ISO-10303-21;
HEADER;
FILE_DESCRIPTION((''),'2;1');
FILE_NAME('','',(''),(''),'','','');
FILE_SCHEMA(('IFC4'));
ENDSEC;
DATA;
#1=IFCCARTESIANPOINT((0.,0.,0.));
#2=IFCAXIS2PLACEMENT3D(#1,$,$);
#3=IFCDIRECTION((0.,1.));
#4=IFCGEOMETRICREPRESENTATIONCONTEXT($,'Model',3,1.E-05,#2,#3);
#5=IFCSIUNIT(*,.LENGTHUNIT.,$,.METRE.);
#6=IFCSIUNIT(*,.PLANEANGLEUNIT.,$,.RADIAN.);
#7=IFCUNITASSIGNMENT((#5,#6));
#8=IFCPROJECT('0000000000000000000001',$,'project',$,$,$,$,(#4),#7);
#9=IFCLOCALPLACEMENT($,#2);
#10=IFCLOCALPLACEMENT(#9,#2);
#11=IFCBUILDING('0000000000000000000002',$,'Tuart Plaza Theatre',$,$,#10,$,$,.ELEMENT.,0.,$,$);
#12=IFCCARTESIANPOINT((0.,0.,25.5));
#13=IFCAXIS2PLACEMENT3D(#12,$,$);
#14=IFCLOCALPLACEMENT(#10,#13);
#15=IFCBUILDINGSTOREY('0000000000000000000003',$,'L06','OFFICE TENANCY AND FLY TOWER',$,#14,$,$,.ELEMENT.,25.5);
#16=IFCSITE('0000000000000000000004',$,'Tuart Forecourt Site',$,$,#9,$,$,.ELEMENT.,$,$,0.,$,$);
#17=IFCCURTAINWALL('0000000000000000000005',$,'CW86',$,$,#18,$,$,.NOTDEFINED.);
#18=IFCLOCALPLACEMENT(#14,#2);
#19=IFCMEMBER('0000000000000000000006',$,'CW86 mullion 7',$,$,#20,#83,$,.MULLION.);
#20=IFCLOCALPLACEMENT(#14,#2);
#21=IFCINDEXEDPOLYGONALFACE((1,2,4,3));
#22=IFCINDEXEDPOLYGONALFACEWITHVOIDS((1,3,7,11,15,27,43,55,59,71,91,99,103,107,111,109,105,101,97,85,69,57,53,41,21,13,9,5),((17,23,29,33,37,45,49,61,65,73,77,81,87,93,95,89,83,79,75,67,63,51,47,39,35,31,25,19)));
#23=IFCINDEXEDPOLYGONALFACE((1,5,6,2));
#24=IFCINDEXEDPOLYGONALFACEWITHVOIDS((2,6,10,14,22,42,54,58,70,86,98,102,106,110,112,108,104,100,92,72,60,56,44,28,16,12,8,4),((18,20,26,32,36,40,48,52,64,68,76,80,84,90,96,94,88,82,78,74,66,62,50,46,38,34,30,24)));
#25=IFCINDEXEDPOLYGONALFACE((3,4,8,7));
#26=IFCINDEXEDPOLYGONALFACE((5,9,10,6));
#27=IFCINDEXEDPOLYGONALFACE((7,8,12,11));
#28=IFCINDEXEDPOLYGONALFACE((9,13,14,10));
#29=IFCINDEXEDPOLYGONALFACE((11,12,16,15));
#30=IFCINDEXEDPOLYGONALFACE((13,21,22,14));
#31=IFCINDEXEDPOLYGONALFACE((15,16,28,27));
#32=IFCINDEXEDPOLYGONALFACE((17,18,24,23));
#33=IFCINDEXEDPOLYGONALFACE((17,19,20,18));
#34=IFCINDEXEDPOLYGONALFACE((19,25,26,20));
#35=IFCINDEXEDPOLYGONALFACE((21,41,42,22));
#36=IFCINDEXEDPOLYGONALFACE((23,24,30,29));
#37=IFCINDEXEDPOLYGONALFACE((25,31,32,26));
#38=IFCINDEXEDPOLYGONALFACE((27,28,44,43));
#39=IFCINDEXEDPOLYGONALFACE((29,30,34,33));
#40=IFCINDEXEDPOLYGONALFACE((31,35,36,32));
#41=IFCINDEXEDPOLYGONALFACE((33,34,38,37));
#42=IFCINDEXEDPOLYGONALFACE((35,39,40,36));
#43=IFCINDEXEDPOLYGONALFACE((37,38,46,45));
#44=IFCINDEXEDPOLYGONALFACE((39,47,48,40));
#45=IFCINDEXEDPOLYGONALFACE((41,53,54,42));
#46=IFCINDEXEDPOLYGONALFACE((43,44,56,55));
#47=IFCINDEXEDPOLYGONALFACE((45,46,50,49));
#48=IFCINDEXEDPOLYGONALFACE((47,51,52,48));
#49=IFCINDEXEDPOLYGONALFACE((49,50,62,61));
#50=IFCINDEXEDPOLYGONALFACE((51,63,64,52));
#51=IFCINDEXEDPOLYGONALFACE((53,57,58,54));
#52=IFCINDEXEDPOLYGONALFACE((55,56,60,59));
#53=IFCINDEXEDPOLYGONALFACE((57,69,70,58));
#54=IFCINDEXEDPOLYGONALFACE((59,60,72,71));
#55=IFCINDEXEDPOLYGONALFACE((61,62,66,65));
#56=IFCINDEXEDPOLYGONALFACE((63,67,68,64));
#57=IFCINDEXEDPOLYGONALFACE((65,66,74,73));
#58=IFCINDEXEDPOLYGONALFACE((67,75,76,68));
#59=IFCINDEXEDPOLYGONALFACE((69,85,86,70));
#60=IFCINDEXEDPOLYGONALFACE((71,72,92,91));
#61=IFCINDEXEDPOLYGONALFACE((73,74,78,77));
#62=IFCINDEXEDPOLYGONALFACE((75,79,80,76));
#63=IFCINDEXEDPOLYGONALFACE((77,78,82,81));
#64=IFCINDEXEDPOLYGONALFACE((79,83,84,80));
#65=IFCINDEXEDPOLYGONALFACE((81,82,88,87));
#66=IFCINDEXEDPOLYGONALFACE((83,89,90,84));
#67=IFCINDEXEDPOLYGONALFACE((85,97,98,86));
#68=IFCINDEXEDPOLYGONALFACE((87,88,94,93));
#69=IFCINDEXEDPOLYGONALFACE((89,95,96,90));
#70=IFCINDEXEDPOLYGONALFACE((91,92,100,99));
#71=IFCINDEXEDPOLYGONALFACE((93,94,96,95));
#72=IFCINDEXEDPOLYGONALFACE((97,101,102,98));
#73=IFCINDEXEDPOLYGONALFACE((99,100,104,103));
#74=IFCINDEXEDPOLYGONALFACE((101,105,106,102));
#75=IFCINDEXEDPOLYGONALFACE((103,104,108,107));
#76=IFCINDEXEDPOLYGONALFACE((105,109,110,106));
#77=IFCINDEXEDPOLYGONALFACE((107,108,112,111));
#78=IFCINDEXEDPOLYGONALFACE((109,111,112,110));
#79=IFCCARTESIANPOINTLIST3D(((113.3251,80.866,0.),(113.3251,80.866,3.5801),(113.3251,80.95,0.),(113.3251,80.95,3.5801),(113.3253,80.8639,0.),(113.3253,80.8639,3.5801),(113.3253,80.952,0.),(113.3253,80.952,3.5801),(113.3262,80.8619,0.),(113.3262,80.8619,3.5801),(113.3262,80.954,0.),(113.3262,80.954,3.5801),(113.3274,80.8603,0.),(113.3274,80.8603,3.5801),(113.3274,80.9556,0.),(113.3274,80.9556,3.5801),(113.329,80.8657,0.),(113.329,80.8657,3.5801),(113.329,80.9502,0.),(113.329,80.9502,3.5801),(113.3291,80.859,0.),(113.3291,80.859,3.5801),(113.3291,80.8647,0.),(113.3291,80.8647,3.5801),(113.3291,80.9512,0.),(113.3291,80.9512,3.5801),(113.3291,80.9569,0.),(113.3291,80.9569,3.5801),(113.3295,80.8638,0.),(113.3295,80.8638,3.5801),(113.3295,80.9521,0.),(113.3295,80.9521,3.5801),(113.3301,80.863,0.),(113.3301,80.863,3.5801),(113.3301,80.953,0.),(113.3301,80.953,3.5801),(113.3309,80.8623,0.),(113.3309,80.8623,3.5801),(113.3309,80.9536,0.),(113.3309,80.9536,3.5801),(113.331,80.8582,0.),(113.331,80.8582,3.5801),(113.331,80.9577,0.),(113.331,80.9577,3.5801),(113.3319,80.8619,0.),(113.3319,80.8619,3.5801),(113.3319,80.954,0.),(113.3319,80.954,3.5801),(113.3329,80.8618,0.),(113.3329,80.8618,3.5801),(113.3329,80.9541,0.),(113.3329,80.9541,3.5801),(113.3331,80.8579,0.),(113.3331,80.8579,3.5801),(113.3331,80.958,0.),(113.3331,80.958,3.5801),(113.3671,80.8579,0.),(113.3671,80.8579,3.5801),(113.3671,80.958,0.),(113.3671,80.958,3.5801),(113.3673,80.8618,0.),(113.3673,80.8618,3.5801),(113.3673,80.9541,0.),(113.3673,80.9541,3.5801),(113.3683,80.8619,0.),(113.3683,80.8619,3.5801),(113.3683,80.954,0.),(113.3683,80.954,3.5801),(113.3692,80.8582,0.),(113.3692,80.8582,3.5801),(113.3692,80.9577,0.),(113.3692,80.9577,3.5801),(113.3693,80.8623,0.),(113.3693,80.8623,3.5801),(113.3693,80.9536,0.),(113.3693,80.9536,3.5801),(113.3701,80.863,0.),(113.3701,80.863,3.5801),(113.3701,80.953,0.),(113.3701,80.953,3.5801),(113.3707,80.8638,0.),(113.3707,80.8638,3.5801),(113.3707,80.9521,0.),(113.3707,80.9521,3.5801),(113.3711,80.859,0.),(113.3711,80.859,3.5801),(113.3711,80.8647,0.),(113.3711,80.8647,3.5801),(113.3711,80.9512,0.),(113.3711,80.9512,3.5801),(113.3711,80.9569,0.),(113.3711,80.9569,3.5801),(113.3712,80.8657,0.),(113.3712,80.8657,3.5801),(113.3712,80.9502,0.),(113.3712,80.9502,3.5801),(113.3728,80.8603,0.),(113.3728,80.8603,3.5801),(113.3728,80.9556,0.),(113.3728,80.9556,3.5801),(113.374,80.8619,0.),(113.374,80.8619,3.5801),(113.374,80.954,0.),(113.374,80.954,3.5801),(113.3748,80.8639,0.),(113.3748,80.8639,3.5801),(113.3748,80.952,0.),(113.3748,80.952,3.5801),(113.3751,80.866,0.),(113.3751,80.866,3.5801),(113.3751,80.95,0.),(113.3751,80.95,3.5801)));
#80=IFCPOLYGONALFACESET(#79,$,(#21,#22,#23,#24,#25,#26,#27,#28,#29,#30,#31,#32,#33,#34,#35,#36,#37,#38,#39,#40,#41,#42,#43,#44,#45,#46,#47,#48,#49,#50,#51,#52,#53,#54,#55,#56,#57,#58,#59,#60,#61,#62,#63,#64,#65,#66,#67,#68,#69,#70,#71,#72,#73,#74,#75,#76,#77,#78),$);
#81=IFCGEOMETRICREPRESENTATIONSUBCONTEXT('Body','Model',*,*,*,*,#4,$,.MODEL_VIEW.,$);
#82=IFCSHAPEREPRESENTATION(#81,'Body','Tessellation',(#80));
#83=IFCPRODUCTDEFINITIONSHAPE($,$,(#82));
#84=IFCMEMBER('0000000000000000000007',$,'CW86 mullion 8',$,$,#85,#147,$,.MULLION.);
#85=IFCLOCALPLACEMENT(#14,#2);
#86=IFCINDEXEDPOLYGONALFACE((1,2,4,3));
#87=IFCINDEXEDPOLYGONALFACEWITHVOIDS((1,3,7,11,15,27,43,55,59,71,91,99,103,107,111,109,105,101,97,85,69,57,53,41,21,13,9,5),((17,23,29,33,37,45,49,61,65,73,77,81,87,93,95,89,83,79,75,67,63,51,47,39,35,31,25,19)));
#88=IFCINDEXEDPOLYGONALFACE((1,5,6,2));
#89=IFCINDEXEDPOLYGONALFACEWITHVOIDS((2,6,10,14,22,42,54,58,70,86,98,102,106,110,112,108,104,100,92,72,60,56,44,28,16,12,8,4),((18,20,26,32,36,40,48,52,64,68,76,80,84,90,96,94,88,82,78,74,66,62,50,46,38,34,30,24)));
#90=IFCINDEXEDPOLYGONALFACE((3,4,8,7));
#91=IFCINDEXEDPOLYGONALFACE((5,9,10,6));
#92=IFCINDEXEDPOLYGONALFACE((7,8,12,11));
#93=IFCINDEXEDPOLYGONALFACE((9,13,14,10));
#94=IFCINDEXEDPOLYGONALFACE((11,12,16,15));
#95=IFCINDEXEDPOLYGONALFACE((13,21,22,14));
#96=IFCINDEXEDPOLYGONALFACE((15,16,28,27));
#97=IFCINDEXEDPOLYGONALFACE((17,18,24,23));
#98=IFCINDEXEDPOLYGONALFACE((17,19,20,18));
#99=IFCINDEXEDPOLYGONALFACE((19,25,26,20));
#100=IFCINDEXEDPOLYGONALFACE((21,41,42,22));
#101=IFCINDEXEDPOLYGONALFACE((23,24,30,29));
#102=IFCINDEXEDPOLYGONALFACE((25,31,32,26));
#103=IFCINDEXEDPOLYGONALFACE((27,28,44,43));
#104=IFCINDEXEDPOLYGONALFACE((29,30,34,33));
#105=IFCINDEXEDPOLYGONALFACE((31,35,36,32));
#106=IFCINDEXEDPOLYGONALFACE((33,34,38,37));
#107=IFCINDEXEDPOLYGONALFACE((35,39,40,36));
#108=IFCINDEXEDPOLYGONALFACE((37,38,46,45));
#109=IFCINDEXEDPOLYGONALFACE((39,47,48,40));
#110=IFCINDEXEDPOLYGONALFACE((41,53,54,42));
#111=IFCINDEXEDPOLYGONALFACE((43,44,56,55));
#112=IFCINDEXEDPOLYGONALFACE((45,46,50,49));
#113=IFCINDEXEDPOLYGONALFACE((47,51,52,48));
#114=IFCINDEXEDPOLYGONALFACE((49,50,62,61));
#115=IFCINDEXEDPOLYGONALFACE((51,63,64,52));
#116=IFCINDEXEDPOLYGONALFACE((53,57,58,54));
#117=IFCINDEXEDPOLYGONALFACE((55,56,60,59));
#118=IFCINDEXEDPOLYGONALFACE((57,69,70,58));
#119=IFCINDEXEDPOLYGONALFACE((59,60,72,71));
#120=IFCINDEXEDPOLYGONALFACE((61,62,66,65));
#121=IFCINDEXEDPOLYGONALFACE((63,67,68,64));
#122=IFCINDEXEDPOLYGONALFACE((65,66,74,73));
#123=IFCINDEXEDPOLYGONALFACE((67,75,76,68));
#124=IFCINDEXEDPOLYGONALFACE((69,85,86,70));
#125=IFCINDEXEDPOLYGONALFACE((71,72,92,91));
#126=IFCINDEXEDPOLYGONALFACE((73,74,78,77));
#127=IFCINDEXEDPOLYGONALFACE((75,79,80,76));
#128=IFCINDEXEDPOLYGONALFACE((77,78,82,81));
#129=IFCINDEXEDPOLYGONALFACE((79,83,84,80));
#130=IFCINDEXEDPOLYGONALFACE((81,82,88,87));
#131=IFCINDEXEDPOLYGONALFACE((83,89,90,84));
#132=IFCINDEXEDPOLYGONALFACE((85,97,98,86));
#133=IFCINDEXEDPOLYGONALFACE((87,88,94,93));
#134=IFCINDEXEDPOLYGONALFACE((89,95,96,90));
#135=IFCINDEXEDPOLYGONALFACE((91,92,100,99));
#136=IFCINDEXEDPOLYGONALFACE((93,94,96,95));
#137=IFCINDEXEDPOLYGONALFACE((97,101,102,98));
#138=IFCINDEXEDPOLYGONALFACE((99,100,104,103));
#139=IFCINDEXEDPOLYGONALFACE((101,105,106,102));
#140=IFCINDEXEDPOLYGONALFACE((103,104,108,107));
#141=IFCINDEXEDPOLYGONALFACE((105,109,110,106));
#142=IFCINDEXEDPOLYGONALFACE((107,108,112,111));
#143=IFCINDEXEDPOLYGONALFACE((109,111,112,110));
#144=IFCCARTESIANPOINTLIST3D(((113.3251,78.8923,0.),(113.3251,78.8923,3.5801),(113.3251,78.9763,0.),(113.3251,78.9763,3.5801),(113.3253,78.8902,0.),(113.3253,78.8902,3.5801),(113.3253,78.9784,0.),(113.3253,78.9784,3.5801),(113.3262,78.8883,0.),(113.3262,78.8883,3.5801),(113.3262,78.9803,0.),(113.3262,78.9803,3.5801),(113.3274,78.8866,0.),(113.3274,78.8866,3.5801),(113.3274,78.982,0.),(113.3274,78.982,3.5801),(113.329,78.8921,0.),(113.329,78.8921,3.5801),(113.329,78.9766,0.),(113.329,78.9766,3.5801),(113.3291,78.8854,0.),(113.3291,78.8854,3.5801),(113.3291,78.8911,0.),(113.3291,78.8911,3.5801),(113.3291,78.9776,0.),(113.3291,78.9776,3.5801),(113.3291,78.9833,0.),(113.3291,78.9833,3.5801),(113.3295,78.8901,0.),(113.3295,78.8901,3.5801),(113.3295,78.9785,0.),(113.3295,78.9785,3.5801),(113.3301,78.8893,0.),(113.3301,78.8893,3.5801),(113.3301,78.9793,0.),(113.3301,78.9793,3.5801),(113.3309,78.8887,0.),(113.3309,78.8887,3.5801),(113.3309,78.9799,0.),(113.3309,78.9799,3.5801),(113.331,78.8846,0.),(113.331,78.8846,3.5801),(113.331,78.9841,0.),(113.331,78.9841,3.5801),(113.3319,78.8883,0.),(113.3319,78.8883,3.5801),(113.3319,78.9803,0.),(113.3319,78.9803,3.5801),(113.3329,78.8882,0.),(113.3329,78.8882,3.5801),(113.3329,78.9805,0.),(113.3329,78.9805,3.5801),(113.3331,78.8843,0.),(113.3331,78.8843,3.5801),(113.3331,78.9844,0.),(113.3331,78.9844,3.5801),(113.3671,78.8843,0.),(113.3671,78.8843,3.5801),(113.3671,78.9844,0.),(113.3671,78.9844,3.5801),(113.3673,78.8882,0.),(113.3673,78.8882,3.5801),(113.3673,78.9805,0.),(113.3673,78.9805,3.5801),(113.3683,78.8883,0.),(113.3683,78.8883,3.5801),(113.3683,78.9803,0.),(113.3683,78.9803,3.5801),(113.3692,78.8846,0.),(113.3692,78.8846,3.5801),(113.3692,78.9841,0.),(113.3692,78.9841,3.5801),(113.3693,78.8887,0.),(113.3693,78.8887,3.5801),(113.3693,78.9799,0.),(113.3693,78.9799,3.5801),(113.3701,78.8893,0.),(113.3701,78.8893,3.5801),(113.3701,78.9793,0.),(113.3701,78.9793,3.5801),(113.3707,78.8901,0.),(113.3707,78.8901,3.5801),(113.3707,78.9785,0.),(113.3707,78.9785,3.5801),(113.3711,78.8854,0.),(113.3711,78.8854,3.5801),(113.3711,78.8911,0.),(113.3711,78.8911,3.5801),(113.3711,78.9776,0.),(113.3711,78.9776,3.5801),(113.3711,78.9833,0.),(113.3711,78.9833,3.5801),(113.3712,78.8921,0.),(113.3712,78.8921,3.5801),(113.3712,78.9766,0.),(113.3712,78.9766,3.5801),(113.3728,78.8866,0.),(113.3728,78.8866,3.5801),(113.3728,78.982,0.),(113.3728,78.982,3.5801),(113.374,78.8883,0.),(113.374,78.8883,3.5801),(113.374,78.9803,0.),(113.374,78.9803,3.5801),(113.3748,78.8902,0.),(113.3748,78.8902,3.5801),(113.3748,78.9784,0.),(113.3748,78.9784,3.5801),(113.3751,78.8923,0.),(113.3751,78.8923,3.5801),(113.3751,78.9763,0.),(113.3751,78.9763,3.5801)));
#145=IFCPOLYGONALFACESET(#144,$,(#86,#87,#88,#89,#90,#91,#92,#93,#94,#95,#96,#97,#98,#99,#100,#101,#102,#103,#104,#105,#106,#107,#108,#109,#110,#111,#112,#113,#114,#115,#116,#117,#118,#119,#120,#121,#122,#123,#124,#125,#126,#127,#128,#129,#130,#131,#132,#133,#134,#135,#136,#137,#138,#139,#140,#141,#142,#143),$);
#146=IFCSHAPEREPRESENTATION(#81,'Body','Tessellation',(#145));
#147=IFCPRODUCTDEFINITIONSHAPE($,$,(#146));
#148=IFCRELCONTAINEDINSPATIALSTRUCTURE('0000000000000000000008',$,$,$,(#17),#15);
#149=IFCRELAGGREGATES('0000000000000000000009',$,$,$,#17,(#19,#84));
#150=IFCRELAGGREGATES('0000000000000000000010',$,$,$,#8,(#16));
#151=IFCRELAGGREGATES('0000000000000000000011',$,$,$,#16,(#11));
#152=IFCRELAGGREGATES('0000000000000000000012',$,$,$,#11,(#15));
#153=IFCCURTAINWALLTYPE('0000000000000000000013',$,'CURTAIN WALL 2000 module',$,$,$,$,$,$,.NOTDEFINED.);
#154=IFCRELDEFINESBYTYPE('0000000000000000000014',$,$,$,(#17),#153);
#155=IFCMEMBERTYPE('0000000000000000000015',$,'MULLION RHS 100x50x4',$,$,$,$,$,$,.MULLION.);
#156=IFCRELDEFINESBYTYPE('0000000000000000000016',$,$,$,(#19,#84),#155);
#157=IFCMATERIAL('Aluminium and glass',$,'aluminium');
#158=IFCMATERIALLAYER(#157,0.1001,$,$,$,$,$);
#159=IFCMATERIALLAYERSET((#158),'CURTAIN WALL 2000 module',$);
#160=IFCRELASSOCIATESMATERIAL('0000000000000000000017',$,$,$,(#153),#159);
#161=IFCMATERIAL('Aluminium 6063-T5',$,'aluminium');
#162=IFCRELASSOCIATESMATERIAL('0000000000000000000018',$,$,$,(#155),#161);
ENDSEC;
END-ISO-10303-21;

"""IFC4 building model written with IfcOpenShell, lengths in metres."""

from ifc_helpers import new_model, si_unit, direction, frame, origin, origin_2d, place, context, subcontext, project, spatial, hollow_rectangle, extrude, material, layer, layer_set, material_profile, profile_set, type_object, element, aggregate, save


model = new_model("IFC4")

# Units and contexts
model_context = context("Model", 3, precision=1e-05, world=origin(), true_north=direction((0.0, 1.0)))
body_context = subcontext(model_context, "Body", "Model", "MODEL_VIEW")
ifc_project = project(units=[si_unit("LENGTHUNIT", "METRE"), si_unit("PLANEANGLEUNIT", "RADIAN")], contexts=[model_context])

# Site, building, storey
site_placement = place(None, origin())
site = spatial("IfcSite", under=ifc_project, at=site_placement, Name="Tuart Forecourt Site", CompositionType="ELEMENT", RefElevation=0.0)
building_placement = place(site_placement, origin())
building = spatial("IfcBuilding", under=site, at=building_placement, Name="Tuart Plaza Theatre", CompositionType="ELEMENT", ElevationOfRefHeight=0.0)
storey_placement = place(building_placement, frame((0.0, 0.0, 25.5)))
storey = spatial("IfcBuildingStorey", under=building, at=storey_placement, Name="L06", Description="OFFICE TENANCY AND FLY TOWER", CompositionType="ELEMENT", Elevation=25.5)

# Curtain wall, members
ifc_material_1 = material(Name="Aluminium and glass", Category="aluminium")
ifc_layer_1 = layer(ifc_material_1, 0.1001)
ifc_layer_set_1 = layer_set([ifc_layer_1], Name="CURTAIN WALL 2000 module")
curtain_wall_type = type_object("IfcCurtainWallType", Name="CURTAIN WALL 2000 module", PredefinedType="NOTDEFINED", material=ifc_layer_set_1)
curtain_wall_placement = place(storey_placement, origin())
curtain_wall = element("IfcCurtainWall", 1, at=curtain_wall_placement, inside=storey, type_object=curtain_wall_type, Name="CW86", PredefinedType="NOTDEFINED")
ifc_material_2 = material(Name="Aluminium 6063-T5", Category="aluminium")
ifc_material_profile_1 = material_profile(ifc_material_2, hollow_rectangle(XDim=0.05, YDim=0.1001, WallThickness=0.0039, InnerFilletRadius=0.0039, OuterFilletRadius=0.0081, at=origin_2d()), Name="RHS 100x50x4")
ifc_profile_set_1 = profile_set([ifc_material_profile_1], Name="Aluminium 6063-T5")
member_type_1 = type_object("IfcMemberType", Name="MULLION RHS 100x50x4", PredefinedType="MULLION", material=ifc_profile_set_1)
member_1_placement = place(storey_placement, frame((113.3501, 80.908, 0.0), z_axis=(0.0, 0.0, 1.0), x_axis=(1.0, 0.0, 0.0)))
member_1 = element("IfcMember", 2, at=member_1_placement, type_object=member_type_1, Name="CW86 mullion 7", PredefinedType="MULLION", context=body_context, shape_type="SweptSolid", body=[
    extrude(hollow_rectangle(XDim=0.05, YDim=0.1001, WallThickness=0.0039, InnerFilletRadius=0.0039, OuterFilletRadius=0.0081, at=origin_2d()), origin(), (0.0, 0.0, 1.0), 3.5801),
])
member_2_placement = place(storey_placement, frame((113.3501, 78.9343, 0.0), z_axis=(0.0, 0.0, 1.0), x_axis=(1.0, 0.0, 0.0)))
member_2 = element("IfcMember", 3, at=member_2_placement, type_object=member_type_1, Name="CW86 mullion 8", PredefinedType="MULLION", context=body_context, shape_type="SweptSolid", body=[
    extrude(hollow_rectangle(XDim=0.05, YDim=0.1001, WallThickness=0.0039, InnerFilletRadius=0.0039, OuterFilletRadius=0.0081, at=origin_2d()), origin(), (0.0, 0.0, 1.0), 3.5801),
])
aggregate(curtain_wall, [member_1, member_2])

save(model, "model.ifc")
